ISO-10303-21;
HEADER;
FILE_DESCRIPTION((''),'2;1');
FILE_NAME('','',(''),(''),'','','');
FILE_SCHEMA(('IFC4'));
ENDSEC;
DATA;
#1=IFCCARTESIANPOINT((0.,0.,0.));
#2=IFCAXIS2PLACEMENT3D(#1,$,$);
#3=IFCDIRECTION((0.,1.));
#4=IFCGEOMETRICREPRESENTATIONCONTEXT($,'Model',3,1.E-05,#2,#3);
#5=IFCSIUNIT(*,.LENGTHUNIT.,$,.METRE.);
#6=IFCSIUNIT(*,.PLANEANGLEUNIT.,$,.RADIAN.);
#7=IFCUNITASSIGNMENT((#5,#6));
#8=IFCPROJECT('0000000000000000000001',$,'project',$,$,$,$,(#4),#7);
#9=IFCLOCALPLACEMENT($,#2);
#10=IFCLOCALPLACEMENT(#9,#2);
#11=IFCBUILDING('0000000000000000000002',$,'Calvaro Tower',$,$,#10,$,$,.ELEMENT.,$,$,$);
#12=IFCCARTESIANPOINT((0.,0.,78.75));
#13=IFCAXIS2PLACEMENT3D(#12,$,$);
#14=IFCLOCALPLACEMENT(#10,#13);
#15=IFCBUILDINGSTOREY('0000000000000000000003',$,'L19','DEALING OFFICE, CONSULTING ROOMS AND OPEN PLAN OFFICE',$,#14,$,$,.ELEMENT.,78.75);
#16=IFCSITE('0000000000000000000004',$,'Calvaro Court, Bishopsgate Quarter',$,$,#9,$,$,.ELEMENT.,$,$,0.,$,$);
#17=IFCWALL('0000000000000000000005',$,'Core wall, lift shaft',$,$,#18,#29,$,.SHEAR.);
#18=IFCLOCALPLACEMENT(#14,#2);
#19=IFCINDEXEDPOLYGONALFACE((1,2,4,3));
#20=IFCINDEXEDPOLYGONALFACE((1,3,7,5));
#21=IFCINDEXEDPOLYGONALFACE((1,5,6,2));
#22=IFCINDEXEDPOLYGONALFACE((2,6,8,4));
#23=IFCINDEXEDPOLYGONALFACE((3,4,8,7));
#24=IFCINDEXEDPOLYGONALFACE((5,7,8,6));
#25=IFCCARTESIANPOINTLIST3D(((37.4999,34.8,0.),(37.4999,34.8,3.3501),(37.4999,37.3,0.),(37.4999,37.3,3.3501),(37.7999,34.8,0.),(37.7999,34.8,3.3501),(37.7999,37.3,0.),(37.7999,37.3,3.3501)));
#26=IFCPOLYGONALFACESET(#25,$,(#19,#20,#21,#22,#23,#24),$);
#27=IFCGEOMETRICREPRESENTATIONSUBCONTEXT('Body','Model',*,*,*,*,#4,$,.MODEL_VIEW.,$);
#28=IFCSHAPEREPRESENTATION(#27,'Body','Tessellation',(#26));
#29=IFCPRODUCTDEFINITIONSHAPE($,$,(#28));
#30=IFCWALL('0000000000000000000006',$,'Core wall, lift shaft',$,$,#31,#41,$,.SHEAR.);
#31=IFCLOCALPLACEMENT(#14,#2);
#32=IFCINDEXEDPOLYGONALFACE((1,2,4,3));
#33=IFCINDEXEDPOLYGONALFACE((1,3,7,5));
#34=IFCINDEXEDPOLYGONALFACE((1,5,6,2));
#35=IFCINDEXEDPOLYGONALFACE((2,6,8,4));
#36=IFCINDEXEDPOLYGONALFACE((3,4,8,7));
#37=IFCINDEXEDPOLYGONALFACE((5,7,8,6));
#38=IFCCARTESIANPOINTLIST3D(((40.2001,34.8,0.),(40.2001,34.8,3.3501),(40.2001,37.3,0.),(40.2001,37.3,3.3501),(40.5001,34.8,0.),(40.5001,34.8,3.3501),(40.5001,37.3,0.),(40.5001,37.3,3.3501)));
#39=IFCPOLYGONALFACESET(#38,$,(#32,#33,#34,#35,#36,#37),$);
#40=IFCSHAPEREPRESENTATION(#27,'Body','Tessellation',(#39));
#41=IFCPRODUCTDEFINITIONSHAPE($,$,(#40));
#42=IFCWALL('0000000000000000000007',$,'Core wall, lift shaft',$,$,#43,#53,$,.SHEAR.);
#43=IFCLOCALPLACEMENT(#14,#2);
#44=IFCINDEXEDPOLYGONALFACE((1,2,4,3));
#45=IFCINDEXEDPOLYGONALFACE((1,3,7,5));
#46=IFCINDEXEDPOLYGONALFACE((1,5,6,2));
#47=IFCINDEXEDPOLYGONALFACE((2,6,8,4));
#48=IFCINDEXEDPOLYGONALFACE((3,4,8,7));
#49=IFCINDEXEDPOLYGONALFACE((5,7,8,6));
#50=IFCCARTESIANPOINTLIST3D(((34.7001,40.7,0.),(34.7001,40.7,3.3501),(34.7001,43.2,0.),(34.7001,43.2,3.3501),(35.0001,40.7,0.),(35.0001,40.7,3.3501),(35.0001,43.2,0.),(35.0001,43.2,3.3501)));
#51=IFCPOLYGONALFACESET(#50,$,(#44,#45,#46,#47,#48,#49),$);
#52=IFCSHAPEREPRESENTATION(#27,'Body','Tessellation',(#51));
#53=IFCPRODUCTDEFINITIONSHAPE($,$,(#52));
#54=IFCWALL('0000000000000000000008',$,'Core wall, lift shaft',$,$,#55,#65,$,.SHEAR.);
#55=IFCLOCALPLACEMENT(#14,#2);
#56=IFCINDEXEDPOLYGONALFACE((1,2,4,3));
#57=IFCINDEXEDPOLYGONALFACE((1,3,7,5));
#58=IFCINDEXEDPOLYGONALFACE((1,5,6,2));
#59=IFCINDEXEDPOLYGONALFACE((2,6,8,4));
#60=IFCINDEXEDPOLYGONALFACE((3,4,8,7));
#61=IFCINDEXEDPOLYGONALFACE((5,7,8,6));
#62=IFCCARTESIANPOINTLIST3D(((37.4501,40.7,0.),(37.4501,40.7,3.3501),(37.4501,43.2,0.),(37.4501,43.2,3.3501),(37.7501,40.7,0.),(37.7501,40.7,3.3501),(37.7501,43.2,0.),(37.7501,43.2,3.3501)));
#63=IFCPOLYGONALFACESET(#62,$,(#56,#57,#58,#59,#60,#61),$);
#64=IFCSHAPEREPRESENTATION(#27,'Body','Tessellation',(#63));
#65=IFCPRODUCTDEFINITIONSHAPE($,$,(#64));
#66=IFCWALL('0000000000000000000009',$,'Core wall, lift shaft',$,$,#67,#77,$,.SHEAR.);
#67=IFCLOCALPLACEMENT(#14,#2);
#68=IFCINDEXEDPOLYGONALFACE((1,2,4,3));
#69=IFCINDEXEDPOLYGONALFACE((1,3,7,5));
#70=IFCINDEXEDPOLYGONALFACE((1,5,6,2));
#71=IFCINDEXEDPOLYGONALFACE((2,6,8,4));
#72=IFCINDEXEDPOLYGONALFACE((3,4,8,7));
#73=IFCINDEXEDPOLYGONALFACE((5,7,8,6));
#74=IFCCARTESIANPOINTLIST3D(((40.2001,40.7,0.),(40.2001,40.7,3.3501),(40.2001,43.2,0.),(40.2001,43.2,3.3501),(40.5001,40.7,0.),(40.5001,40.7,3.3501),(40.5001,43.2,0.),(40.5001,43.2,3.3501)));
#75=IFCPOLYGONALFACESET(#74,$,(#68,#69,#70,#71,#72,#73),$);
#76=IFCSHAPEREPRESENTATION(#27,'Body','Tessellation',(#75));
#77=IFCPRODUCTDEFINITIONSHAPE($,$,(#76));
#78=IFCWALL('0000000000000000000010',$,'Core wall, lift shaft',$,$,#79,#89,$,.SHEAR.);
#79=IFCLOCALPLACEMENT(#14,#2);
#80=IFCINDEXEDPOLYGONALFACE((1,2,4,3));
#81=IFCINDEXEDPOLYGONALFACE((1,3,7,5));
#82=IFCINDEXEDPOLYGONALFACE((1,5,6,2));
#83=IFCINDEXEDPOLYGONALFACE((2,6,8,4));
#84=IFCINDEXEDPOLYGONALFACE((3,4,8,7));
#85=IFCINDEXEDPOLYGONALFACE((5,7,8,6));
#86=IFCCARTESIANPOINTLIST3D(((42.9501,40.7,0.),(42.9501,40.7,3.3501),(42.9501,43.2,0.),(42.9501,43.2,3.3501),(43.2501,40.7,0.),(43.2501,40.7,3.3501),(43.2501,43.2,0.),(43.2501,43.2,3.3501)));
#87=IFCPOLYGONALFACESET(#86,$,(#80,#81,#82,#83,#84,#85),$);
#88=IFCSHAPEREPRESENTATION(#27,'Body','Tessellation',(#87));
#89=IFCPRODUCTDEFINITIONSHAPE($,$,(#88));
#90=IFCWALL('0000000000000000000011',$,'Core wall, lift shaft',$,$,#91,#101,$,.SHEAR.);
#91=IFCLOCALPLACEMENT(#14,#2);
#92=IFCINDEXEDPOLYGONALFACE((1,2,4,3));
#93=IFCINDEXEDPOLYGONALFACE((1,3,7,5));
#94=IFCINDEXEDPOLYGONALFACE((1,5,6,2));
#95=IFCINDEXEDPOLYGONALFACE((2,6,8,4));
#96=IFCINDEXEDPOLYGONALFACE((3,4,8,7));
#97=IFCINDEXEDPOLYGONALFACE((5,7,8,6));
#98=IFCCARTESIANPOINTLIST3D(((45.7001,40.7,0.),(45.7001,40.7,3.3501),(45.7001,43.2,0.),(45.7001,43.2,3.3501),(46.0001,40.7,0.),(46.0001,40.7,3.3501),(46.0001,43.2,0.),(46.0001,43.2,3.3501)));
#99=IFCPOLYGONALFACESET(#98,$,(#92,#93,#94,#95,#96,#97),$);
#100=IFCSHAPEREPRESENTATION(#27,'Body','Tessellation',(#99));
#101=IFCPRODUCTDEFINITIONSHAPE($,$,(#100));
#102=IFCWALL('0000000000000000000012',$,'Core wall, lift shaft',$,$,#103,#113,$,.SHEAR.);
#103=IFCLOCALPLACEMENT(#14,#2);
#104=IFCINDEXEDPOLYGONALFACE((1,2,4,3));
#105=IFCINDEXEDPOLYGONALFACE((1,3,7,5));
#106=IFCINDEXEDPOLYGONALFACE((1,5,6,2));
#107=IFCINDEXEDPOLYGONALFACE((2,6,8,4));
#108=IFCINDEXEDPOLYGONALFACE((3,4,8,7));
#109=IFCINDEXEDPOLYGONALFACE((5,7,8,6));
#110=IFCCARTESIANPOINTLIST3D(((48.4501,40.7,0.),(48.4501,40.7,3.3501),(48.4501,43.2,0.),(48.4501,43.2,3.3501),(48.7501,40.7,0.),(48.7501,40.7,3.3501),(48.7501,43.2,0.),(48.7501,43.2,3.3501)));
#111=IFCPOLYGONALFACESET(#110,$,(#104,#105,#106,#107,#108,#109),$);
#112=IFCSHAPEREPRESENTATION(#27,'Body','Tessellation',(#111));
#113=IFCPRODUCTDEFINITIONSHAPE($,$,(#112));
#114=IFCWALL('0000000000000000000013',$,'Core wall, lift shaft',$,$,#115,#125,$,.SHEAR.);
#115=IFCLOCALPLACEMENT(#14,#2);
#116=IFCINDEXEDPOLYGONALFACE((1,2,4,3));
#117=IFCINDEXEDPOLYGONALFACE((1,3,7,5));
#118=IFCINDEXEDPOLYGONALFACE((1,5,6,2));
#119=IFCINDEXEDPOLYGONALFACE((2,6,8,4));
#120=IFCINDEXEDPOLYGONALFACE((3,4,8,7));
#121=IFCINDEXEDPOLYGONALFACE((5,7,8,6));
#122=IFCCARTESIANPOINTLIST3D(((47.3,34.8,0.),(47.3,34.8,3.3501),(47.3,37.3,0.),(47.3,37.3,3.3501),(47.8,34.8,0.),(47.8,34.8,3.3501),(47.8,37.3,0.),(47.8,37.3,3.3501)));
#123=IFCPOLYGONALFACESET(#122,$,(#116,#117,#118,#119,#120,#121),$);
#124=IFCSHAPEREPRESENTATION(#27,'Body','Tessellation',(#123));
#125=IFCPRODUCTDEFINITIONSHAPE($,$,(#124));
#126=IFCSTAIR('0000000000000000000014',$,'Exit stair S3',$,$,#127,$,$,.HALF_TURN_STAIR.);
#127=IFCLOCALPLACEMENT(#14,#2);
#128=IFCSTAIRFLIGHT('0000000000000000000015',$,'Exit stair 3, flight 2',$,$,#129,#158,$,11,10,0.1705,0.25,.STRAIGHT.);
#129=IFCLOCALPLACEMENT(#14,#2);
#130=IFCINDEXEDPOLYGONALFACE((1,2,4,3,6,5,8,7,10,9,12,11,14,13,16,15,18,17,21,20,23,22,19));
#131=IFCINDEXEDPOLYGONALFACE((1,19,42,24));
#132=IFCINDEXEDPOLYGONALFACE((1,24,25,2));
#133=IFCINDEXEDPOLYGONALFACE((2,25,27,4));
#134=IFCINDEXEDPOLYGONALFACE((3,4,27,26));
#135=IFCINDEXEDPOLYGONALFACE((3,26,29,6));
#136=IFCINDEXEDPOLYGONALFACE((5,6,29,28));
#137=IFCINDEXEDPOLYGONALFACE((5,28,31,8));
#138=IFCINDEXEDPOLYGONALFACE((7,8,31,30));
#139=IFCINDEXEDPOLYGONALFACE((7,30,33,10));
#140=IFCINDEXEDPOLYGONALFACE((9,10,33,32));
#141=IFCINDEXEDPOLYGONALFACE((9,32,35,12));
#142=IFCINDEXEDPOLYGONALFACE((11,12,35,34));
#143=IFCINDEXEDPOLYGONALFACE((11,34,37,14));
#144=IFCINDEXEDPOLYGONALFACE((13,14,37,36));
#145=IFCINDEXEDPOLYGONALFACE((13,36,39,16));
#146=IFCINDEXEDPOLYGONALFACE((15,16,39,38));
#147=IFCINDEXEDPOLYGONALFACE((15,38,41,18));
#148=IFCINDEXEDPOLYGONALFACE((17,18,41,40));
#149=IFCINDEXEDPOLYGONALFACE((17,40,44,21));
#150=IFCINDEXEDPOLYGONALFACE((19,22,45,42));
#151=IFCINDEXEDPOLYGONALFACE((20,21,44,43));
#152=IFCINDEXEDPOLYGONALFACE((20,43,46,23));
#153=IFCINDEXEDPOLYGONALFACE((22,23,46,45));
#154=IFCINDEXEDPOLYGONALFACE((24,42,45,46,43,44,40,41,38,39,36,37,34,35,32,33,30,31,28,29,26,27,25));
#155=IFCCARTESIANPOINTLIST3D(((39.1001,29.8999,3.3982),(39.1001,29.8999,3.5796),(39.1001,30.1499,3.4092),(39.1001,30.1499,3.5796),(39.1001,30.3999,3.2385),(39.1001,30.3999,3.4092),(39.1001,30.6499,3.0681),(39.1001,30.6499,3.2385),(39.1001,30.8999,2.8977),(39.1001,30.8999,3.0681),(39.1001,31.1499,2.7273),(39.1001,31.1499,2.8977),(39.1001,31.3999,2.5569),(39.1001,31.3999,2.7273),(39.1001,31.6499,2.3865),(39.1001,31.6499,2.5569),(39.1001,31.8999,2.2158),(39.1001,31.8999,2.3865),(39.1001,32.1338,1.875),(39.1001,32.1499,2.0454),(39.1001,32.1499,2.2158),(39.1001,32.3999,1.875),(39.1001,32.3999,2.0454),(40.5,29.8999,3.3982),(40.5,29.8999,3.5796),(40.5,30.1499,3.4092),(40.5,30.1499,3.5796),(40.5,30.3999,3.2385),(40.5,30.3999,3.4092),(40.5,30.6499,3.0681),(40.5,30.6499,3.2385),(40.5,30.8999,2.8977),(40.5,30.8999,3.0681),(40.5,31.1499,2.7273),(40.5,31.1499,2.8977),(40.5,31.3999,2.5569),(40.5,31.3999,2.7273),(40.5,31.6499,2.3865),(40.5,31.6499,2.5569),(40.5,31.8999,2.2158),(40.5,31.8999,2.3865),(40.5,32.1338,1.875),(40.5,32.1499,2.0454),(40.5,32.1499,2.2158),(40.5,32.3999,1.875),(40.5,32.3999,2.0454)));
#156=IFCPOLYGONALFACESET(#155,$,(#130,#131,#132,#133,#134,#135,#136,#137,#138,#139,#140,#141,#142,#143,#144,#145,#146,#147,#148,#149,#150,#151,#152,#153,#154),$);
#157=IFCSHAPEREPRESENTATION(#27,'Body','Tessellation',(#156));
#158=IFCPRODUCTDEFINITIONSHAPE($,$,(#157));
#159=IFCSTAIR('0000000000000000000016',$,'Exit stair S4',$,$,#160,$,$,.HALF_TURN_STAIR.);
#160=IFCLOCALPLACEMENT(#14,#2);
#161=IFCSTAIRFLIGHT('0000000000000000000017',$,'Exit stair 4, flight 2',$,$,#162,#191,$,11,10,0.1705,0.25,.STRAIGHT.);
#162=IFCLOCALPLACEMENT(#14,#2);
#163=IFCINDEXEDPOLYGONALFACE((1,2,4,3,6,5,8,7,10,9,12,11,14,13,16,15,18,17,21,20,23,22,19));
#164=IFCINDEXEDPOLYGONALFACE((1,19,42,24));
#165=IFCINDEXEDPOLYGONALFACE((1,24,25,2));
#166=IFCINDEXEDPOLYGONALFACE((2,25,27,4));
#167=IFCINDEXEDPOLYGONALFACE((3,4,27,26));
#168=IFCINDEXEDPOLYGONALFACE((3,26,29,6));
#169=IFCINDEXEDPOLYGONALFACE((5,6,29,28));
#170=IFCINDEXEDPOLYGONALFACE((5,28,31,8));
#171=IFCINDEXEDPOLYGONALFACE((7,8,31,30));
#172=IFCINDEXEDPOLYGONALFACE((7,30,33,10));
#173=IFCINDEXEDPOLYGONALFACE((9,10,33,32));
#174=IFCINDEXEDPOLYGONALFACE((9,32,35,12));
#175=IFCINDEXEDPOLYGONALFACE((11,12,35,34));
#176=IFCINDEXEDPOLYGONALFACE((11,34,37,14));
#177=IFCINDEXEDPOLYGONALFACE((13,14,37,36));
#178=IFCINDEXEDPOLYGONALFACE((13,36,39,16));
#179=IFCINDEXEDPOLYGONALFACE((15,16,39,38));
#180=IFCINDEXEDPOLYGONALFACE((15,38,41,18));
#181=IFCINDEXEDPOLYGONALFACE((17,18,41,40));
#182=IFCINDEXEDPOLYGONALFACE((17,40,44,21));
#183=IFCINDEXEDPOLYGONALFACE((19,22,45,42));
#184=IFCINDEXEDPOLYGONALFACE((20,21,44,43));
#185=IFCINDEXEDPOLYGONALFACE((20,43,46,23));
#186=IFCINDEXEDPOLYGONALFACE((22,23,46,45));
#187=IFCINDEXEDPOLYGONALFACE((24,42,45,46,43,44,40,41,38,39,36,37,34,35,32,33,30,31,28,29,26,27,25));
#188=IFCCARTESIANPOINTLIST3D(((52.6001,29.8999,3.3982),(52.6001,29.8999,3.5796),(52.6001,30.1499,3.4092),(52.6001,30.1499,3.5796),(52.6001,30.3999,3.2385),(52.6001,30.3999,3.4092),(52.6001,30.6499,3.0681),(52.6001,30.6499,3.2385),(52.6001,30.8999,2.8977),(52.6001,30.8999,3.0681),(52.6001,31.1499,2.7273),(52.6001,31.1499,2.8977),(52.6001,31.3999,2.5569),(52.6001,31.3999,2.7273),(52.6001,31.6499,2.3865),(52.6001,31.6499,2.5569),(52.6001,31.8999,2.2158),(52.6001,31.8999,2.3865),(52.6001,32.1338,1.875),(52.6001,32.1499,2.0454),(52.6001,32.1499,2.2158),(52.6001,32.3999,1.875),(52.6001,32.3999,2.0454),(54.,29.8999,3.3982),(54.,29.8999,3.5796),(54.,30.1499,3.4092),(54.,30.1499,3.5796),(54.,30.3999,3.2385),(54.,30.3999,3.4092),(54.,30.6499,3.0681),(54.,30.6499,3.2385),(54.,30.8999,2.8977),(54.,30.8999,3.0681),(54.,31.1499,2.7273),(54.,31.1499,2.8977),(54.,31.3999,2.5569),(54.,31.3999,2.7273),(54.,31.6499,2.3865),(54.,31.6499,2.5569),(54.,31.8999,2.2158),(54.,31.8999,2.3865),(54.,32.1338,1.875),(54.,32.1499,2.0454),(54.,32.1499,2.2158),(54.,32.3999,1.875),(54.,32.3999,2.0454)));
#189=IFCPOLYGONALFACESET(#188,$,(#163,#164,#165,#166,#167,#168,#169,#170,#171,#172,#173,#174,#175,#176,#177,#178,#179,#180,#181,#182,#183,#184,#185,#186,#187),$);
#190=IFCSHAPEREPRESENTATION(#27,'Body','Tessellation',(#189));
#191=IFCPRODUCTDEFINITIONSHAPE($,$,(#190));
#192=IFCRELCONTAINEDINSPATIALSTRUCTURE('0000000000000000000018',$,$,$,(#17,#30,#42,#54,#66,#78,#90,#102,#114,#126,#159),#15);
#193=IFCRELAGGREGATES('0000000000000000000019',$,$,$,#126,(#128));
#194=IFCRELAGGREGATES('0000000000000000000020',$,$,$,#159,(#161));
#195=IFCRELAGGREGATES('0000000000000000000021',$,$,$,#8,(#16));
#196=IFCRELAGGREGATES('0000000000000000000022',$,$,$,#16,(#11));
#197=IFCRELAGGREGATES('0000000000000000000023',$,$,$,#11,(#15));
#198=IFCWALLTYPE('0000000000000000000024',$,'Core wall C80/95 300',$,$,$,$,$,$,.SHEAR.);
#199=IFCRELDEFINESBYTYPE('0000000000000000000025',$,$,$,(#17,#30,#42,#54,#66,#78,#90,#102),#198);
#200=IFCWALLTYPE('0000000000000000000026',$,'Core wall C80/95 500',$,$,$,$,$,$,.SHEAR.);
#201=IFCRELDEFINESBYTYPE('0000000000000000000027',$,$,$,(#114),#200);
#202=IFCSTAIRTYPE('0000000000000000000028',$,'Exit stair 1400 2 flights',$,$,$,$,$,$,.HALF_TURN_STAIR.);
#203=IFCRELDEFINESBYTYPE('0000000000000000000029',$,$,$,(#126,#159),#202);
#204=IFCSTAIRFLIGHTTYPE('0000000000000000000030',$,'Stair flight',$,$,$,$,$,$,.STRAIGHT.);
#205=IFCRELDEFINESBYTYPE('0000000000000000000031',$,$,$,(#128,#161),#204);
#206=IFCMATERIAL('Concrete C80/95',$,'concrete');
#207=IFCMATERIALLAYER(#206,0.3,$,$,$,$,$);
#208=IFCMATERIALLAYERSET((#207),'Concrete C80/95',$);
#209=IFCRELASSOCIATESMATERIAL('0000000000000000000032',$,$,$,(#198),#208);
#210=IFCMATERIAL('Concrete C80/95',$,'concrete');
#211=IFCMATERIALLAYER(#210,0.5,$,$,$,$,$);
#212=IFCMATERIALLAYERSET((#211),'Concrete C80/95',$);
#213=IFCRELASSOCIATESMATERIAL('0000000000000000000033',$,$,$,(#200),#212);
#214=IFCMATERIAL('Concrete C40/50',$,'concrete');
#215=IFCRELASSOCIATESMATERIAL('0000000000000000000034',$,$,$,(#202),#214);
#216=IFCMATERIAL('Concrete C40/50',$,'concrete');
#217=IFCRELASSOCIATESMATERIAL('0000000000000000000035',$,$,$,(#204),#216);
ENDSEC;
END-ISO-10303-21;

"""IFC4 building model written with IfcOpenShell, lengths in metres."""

from ifc_helpers import new_model, si_unit, direction, frame, frame_2d, origin, place, context, subcontext, project, spatial, polyline, rectangle, outline, extrude, material, layer, layer_set, type_object, element, aggregate, save


model = new_model("IFC4")

# Units and contexts
model_context = context("Model", 3, precision=1e-05, world=origin(), true_north=direction((0.0, 1.0)))
body_context = subcontext(model_context, "Body", "Model", "MODEL_VIEW")
ifc_project = project(units=[si_unit("LENGTHUNIT", "METRE"), si_unit("PLANEANGLEUNIT", "RADIAN")], contexts=[model_context])

# Site, building, storey
site_placement = place(None, origin())
site = spatial("IfcSite", under=ifc_project, at=site_placement, Name="Calvaro Court, Bishopsgate Quarter", CompositionType="ELEMENT", RefElevation=0.0)
building_placement = place(site_placement, origin())
building = spatial("IfcBuilding", under=site, at=building_placement, Name="Calvaro Tower", CompositionType="ELEMENT")
storey_placement = place(building_placement, frame((0.0, 0.0, 78.75)))
storey = spatial("IfcBuildingStorey", under=building, at=storey_placement, Name="L19", Description="DEALING OFFICE, CONSULTING ROOMS AND OPEN PLAN OFFICE", CompositionType="ELEMENT", Elevation=78.75)

# Shared definitions
ifc_material_1 = material(Name="Concrete C80/95", Category="concrete")
ifc_layer_1 = layer(ifc_material_1, 0.3)
ifc_layer_set_1 = layer_set([ifc_layer_1], Name="Concrete C80/95")
wall_type_1 = type_object("IfcWallType", Name="Core wall C80/95 300", PredefinedType="SHEAR", material=ifc_layer_set_1)

# Walls
for number, where, z_axis, x_axis, name in (
    (1, (37.6499, 34.8, 0.0), (0.0, 0.0, 1.0), (0.0, 1.0, 0.0), "Core wall, lift shaft"),
    (2, (40.3501, 34.8, 0.0), (0.0, 0.0, 1.0), (0.0, 1.0, 0.0), "Core wall, lift shaft"),
    (3, (34.8501, 40.7, 0.0), (0.0, 0.0, 1.0), (0.0, 1.0, 0.0), "Core wall, lift shaft"),
    (4, (37.6001, 40.7, 0.0), (0.0, 0.0, 1.0), (0.0, 1.0, 0.0), "Core wall, lift shaft"),
    (5, (40.3501, 40.7, 0.0), (0.0, 0.0, 1.0), (0.0, 1.0, 0.0), "Core wall, lift shaft"),
    (6, (43.1001, 40.7, 0.0), (0.0, 0.0, 1.0), (0.0, 1.0, 0.0), "Core wall, lift shaft"),
    (7, (45.8501, 40.7, 0.0), (0.0, 0.0, 1.0), (0.0, 1.0, 0.0), "Core wall, lift shaft"),
    (8, (48.6001, 40.7, 0.0), (0.0, 0.0, 1.0), (0.0, 1.0, 0.0), "Core wall, lift shaft"),
):
    element("IfcWall", number, at=place(storey_placement, frame(where, z_axis=z_axis, x_axis=x_axis)), inside=storey, type_object=wall_type_1, Name=name, PredefinedType="SHEAR", context=body_context, shape_type="SweptSolid", body=[
        extrude(rectangle(XDim=2.5, YDim=0.3, at=frame_2d((1.25, 0.0))), origin(), (0.0, 0.0, 1.0), 3.3501),
    ])
ifc_material_2 = material(Name="Concrete C80/95", Category="concrete")
ifc_layer_2 = layer(ifc_material_2, 0.5)
ifc_layer_set_2 = layer_set([ifc_layer_2], Name="Concrete C80/95")
wall_type_2 = type_object("IfcWallType", Name="Core wall C80/95 500", PredefinedType="SHEAR", material=ifc_layer_set_2)
wall_1_placement = place(storey_placement, frame((47.55, 34.8, 0.0), z_axis=(0.0, 0.0, 1.0), x_axis=(0.0, 1.0, 0.0)))
element("IfcWall", 9, at=wall_1_placement, inside=storey, type_object=wall_type_2, Name="Core wall, lift shaft", PredefinedType="SHEAR", context=body_context, shape_type="SweptSolid", body=[
    extrude(rectangle(XDim=2.5, YDim=0.5, at=frame_2d((1.25, 0.0))), origin(), (0.0, 0.0, 1.0), 3.3501),
])

# Stairs, stair flights
ifc_material_3 = material(Name="Concrete C40/50", Category="concrete")
stair_type = type_object("IfcStairType", Name="Exit stair 1400 2 flights", PredefinedType="HALF_TURN_STAIR", material=ifc_material_3)
stair_1_placement = place(storey_placement, origin())
stair_1 = element("IfcStair", 10, at=stair_1_placement, inside=storey, type_object=stair_type, Name="Exit stair S3", PredefinedType="HALF_TURN_STAIR")
ifc_material_4 = material(Name="Concrete C40/50", Category="concrete")
stair_flight_type = type_object("IfcStairFlightType", Name="Stair flight", PredefinedType="STRAIGHT", material=ifc_material_4)
stair_flight_1_placement = place(storey_placement, frame((39.8, 32.3999, 1.875), z_axis=(0.0, 0.0, 1.0), x_axis=(0.0, -1.0, 0.0)))
stair_flight_1 = element("IfcStairFlight", 11, at=stair_flight_1_placement, type_object=stair_flight_type, Name="Exit stair 3, flight 2", NumberOfRisers=11, NumberOfTreads=10, PredefinedType="STRAIGHT", RiserHeight=0.1705, TreadLength=0.25, context=body_context, shape_type="SweptSolid", body=[
    extrude(outline(polyline([(0.0, 0.0), (0.0, 0.1704), (0.25, 0.1704), (0.25, 0.3408), (0.5, 0.3408), (0.5, 0.5115), (0.75, 0.5115), (0.75, 0.6819), (1.0, 0.6819), (1.0, 0.8523), (1.25, 0.8523), (1.25, 1.0227), (1.5, 1.0227), (1.5, 1.1931), (1.75, 1.1931), (1.75, 1.3635), (2.0, 1.3635), (2.0, 1.5342), (2.25, 1.5342), (2.25, 1.7046), (2.5, 1.7046), (2.5, 1.875), (2.5, 1.5232), (0.2661, 0.0), (0.0, 0.0)])), frame((0.0, 0.7, 0.0), z_axis=(0.0, -1.0, 0.0), x_axis=(1.0, 0.0, 0.0)), (0.0, 0.0, 1.0), 1.3999),
])
stair_2_placement = place(storey_placement, origin())
stair_2 = element("IfcStair", 12, at=stair_2_placement, inside=storey, type_object=stair_type, Name="Exit stair S4", PredefinedType="HALF_TURN_STAIR")
stair_flight_2_placement = place(storey_placement, frame((53.3, 32.3999, 1.875), z_axis=(0.0, 0.0, 1.0), x_axis=(0.0, -1.0, 0.0)))
stair_flight_2 = element("IfcStairFlight", 13, at=stair_flight_2_placement, type_object=stair_flight_type, Name="Exit stair 4, flight 2", NumberOfRisers=11, NumberOfTreads=10, PredefinedType="STRAIGHT", RiserHeight=0.1705, TreadLength=0.25, context=body_context, shape_type="SweptSolid", body=[
    extrude(outline(polyline([(0.0, 0.0), (0.0, 0.1704), (0.25, 0.1704), (0.25, 0.3408), (0.5, 0.3408), (0.5, 0.5115), (0.75, 0.5115), (0.75, 0.6819), (1.0, 0.6819), (1.0, 0.8523), (1.25, 0.8523), (1.25, 1.0227), (1.5, 1.0227), (1.5, 1.1931), (1.75, 1.1931), (1.75, 1.3635), (2.0, 1.3635), (2.0, 1.5342), (2.25, 1.5342), (2.25, 1.7046), (2.5, 1.7046), (2.5, 1.875), (2.5, 1.5232), (0.2661, 0.0), (0.0, 0.0)])), frame((0.0, 0.7, 0.0), z_axis=(0.0, -1.0, 0.0), x_axis=(1.0, 0.0, 0.0)), (0.0, 0.0, 1.0), 1.3999),
])

aggregate(stair_1, [stair_flight_1])
aggregate(stair_2, [stair_flight_2])

save(model, "model.ifc")
